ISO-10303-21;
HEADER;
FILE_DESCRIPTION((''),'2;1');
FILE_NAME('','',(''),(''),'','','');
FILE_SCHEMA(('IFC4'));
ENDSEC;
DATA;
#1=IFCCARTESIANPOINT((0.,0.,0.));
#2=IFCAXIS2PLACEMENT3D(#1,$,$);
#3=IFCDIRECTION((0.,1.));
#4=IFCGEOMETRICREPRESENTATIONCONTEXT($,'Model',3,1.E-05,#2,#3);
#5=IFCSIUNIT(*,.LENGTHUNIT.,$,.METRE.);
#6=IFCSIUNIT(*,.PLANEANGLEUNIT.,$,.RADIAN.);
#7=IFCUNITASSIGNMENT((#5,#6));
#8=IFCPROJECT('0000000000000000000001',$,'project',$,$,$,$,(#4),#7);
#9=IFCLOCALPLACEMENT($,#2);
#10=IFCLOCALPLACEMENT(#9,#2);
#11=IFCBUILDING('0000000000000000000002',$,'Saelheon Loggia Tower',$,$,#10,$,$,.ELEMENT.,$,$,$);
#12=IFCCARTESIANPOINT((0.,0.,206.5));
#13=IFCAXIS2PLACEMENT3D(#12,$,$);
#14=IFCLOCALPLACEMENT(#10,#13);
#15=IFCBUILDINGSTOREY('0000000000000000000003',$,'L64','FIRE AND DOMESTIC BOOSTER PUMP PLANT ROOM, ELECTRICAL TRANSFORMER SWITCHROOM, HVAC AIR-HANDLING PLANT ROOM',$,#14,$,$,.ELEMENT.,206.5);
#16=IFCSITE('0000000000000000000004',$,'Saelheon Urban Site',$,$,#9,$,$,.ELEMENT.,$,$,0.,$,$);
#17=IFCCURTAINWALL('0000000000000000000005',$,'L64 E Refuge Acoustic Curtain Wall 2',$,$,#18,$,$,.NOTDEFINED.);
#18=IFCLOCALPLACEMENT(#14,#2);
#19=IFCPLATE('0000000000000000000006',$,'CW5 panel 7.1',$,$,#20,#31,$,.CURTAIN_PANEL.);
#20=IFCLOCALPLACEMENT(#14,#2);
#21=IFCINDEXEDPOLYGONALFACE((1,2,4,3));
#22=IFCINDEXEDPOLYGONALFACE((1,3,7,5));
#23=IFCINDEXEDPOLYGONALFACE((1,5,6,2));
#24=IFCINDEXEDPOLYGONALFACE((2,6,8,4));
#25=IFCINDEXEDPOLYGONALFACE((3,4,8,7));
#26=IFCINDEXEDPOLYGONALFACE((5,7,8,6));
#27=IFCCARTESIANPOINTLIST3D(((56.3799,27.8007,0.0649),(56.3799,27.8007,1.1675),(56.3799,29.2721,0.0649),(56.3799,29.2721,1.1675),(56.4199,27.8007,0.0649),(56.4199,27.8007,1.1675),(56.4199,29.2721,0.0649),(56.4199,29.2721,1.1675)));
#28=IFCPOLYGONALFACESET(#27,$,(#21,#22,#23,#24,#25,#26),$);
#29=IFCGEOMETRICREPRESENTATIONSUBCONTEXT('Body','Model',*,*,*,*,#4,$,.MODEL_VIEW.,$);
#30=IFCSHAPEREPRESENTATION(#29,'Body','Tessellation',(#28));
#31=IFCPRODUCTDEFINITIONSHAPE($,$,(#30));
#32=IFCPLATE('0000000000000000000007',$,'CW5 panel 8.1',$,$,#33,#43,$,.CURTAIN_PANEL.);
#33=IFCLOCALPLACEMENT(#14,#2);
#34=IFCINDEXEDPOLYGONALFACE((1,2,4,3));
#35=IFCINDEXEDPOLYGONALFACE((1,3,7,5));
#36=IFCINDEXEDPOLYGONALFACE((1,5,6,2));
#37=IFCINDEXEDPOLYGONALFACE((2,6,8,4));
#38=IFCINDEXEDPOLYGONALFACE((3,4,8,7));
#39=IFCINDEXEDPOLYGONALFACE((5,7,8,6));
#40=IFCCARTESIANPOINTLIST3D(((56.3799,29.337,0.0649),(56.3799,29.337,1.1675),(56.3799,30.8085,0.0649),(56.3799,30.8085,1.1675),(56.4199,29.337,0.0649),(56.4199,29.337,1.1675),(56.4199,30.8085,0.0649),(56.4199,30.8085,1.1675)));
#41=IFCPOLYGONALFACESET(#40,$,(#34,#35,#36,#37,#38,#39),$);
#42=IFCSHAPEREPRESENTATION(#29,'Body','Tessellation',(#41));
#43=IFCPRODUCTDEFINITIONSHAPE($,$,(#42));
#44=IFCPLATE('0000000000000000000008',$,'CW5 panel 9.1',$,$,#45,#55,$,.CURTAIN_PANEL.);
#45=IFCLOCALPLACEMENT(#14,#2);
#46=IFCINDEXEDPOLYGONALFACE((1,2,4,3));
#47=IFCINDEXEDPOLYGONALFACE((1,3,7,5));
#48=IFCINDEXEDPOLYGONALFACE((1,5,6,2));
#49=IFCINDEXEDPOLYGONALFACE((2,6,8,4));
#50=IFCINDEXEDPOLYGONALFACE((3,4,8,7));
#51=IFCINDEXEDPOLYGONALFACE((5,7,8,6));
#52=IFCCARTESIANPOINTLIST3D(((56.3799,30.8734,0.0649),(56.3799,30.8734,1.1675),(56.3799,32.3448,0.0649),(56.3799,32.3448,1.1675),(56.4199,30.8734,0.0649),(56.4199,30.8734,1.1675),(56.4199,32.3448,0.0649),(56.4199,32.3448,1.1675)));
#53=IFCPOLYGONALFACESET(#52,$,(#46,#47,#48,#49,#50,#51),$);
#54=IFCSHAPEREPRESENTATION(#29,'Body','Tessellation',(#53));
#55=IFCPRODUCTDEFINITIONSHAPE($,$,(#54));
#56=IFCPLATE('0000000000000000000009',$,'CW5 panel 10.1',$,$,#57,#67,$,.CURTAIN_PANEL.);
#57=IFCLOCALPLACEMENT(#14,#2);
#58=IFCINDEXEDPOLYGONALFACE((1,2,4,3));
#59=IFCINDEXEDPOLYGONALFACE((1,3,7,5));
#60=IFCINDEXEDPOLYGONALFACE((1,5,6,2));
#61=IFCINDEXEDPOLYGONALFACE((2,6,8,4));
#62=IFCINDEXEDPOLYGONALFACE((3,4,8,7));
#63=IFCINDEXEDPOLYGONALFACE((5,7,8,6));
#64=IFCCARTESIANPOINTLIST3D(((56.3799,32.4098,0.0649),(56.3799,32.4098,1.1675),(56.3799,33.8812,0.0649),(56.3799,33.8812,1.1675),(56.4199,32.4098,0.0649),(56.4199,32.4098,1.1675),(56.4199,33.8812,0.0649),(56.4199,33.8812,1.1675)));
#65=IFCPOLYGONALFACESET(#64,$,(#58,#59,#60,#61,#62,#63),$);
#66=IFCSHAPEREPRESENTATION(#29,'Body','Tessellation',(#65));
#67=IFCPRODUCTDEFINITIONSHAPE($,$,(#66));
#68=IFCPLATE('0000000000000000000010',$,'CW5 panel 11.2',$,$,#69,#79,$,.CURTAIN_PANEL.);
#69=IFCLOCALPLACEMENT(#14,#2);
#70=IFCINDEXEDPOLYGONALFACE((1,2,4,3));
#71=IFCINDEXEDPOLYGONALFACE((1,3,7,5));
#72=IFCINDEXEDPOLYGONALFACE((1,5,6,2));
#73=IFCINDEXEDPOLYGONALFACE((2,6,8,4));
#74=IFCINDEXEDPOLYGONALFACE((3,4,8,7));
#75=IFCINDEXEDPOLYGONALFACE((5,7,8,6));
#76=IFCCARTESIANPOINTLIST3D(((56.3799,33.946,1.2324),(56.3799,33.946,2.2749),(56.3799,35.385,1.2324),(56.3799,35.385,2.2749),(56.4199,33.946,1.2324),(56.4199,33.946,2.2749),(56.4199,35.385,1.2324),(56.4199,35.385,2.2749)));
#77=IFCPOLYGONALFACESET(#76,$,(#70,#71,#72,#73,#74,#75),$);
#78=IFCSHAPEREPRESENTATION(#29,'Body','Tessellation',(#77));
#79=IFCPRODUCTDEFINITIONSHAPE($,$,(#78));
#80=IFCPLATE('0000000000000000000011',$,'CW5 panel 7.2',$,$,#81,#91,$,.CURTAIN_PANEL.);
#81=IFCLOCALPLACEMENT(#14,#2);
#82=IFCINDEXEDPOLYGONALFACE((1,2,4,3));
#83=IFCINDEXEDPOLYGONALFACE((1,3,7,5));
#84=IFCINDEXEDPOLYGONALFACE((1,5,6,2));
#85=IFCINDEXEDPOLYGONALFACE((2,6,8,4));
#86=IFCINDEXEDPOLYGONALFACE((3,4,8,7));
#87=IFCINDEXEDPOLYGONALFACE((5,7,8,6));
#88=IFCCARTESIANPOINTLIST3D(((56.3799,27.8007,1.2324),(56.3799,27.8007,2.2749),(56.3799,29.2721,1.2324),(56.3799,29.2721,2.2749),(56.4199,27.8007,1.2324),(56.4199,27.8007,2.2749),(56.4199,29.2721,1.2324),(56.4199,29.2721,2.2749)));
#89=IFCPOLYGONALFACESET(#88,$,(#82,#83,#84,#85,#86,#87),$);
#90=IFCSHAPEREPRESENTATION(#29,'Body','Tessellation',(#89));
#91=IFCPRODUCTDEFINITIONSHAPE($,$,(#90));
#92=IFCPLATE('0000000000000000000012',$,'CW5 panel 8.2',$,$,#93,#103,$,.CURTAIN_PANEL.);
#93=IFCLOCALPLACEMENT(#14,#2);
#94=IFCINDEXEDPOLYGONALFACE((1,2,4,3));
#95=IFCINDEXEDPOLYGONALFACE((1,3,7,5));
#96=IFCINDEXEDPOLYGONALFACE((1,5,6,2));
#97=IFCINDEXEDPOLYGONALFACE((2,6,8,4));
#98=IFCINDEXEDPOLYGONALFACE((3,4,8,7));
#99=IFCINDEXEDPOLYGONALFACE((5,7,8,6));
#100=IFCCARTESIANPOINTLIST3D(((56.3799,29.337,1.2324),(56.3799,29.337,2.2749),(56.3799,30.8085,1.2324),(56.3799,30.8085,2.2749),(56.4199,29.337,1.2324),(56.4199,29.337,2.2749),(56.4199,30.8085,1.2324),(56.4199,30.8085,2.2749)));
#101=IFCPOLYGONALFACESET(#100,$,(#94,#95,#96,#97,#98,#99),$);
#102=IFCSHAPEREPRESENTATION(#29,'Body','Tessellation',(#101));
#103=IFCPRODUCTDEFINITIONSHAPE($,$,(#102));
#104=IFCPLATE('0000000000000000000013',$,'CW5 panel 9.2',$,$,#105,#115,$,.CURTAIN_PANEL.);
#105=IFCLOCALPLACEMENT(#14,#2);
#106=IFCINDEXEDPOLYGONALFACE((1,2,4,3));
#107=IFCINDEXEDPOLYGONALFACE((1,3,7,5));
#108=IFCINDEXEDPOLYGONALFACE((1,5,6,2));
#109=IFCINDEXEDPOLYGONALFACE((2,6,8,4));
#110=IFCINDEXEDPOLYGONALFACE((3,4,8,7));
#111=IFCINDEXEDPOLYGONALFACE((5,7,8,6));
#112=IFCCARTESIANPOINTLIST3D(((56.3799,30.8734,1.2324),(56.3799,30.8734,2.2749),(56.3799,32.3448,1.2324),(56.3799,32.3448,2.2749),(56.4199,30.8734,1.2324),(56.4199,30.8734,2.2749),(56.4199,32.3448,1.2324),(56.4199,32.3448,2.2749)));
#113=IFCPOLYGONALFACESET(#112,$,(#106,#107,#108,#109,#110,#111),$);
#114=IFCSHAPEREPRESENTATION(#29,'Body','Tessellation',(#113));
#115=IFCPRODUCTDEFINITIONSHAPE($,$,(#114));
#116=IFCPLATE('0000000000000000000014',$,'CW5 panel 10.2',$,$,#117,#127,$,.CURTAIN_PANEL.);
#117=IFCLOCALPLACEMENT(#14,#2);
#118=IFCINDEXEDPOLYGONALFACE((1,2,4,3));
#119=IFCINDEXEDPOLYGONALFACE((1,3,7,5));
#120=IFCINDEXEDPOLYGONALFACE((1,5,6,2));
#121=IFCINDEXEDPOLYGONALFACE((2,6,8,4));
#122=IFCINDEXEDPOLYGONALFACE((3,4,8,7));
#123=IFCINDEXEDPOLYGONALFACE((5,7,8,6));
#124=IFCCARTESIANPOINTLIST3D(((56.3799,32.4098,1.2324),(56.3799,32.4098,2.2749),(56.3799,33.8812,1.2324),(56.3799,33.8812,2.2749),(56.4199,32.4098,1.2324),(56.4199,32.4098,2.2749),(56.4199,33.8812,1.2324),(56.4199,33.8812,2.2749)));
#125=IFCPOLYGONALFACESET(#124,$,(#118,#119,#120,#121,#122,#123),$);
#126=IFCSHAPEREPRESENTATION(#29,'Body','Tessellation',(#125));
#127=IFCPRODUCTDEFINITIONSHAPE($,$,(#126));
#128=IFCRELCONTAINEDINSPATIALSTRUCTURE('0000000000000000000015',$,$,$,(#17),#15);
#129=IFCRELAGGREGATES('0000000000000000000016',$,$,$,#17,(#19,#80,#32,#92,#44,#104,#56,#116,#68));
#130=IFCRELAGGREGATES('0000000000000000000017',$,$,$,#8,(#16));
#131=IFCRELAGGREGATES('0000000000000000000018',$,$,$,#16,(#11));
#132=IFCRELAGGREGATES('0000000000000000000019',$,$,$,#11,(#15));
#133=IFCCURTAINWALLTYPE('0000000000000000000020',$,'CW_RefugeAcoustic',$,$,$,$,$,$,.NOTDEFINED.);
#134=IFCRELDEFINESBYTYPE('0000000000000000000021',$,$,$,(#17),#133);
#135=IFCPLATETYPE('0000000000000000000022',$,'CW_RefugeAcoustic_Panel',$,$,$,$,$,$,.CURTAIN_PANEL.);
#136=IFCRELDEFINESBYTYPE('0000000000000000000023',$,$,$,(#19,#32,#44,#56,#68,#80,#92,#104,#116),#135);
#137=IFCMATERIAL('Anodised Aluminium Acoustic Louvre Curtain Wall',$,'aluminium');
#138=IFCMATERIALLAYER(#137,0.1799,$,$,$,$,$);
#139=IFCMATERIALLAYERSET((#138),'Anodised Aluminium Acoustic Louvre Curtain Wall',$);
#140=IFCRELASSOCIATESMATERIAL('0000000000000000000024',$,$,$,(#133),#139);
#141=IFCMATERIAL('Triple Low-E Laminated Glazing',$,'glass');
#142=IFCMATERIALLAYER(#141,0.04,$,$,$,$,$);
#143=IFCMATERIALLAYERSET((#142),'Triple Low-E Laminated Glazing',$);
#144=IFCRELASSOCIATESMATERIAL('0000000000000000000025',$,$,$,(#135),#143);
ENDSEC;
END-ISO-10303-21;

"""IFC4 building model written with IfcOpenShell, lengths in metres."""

from ifc_helpers import new_model, si_unit, direction, frame, origin, origin_2d, place, context, subcontext, project, spatial, rectangle, extrude, source, transform, mapped, material, layer, layer_set, type_object, element, aggregate, save


model = new_model("IFC4")

# Units and contexts
model_context = context("Model", 3, precision=1e-05, world=origin(), true_north=direction((0.0, 1.0)))
body_context = subcontext(model_context, "Body", "Model", "MODEL_VIEW")
ifc_project = project(units=[si_unit("LENGTHUNIT", "METRE"), si_unit("PLANEANGLEUNIT", "RADIAN")], contexts=[model_context])

# Site, building, storey
site_placement = place(None, origin())
site = spatial("IfcSite", under=ifc_project, at=site_placement, Name="Saelheon Urban Site", CompositionType="ELEMENT", RefElevation=0.0)
building_placement = place(site_placement, origin())
building = spatial("IfcBuilding", under=site, at=building_placement, Name="Saelheon Loggia Tower", CompositionType="ELEMENT")
storey_placement = place(building_placement, frame((0.0, 0.0, 206.5)))
storey = spatial("IfcBuildingStorey", under=building, at=storey_placement, Name="L64", Description="FIRE AND DOMESTIC BOOSTER PUMP PLANT ROOM, ELECTRICAL TRANSFORMER SWITCHROOM, HVAC AIR-HANDLING PLANT ROOM", CompositionType="ELEMENT", Elevation=206.5)

# Curtain wall, plates
ifc_material_1 = material(Name="Anodised Aluminium Acoustic Louvre Curtain Wall", Category="aluminium")
ifc_layer_1 = layer(ifc_material_1, 0.1799)
ifc_layer_set_1 = layer_set([ifc_layer_1], Name="Anodised Aluminium Acoustic Louvre Curtain Wall")
curtain_wall_type = type_object("IfcCurtainWallType", Name="CW_RefugeAcoustic", PredefinedType="NOTDEFINED", material=ifc_layer_set_1)
curtain_wall_placement = place(storey_placement, origin())
curtain_wall = element("IfcCurtainWall", 1, at=curtain_wall_placement, inside=storey, type_object=curtain_wall_type, Name="L64 E Refuge Acoustic Curtain Wall 2", PredefinedType="NOTDEFINED")
ifc_material_2 = material(Name="Triple Low-E Laminated Glazing", Category="glass")
ifc_layer_2 = layer(ifc_material_2, 0.04)
ifc_layer_set_2 = layer_set([ifc_layer_2], Name="Triple Low-E Laminated Glazing")
plate_type = type_object("IfcPlateType", Name="CW_RefugeAcoustic_Panel", PredefinedType="CURTAIN_PANEL", material=ifc_layer_set_2)
shared_shape_1 = source(origin(), body_context, "Body", "SweptSolid", [
    extrude(rectangle(XDim=1.4714, YDim=0.04, at=origin_2d()), origin(), (0.0, 0.0, 1.0), 1.1025),
])
plate_1_placement = place(storey_placement, frame((56.3999, 28.5364, 0.0649), z_axis=(0.0, 0.0, 1.0), x_axis=(0.0, 1.0, 0.0)))
plate_1 = element("IfcPlate", 2, at=plate_1_placement, type_object=plate_type, Name="CW5 panel 7.1", PredefinedType="CURTAIN_PANEL", context=body_context, shape_type="MappedRepresentation", body=[
    mapped(shared_shape_1, transform((0.0, 0.0, 0.0), scale=1.0)),
])
plate_2_placement = place(storey_placement, frame((56.3999, 30.0728, 0.0649), z_axis=(0.0, 0.0, 1.0), x_axis=(0.0, 1.0, 0.0)))
plate_2 = element("IfcPlate", 3, at=plate_2_placement, type_object=plate_type, Name="CW5 panel 8.1", PredefinedType="CURTAIN_PANEL", context=body_context, shape_type="MappedRepresentation", body=[
    mapped(shared_shape_1, transform((0.0, 0.0, 0.0), scale=1.0)),
])
plate_3_placement = place(storey_placement, frame((56.3999, 31.6091, 0.0649), z_axis=(0.0, 0.0, 1.0), x_axis=(0.0, 1.0, 0.0)))
plate_3 = element("IfcPlate", 4, at=plate_3_placement, type_object=plate_type, Name="CW5 panel 9.1", PredefinedType="CURTAIN_PANEL", context=body_context, shape_type="MappedRepresentation", body=[
    mapped(shared_shape_1, transform((0.0, 0.0, 0.0), scale=1.0)),
])
plate_4_placement = place(storey_placement, frame((56.3999, 33.1455, 0.0649), z_axis=(0.0, 0.0, 1.0), x_axis=(0.0, 1.0, 0.0)))
plate_4 = element("IfcPlate", 5, at=plate_4_placement, type_object=plate_type, Name="CW5 panel 10.1", PredefinedType="CURTAIN_PANEL", context=body_context, shape_type="MappedRepresentation", body=[
    mapped(shared_shape_1, transform((0.0, 0.0, 0.0), scale=1.0)),
])
shared_shape_2 = source(origin(), body_context, "Body", "SweptSolid", [
    extrude(rectangle(XDim=1.439, YDim=0.04, at=origin_2d()), origin(), (0.0, 0.0, 1.0), 1.0425),
])
plate_5_placement = place(storey_placement, frame((56.3999, 34.6655, 1.2324), z_axis=(0.0, 0.0, 1.0), x_axis=(0.0, 1.0, 0.0)))
plate_5 = element("IfcPlate", 6, at=plate_5_placement, type_object=plate_type, Name="CW5 panel 11.2", PredefinedType="CURTAIN_PANEL", context=body_context, shape_type="MappedRepresentation", body=[
    mapped(shared_shape_2, transform((0.0, 0.0, 0.0), scale=1.0)),
])
shared_shape_3 = source(origin(), body_context, "Body", "SweptSolid", [
    extrude(rectangle(XDim=1.4714, YDim=0.04, at=origin_2d()), origin(), (0.0, 0.0, 1.0), 1.0425),
])
plate_6_placement = place(storey_placement, frame((56.3999, 28.5364, 1.2324), z_axis=(0.0, 0.0, 1.0), x_axis=(0.0, 1.0, 0.0)))
plate_6 = element("IfcPlate", 7, at=plate_6_placement, type_object=plate_type, Name="CW5 panel 7.2", PredefinedType="CURTAIN_PANEL", context=body_context, shape_type="MappedRepresentation", body=[
    mapped(shared_shape_3, transform((0.0, 0.0, 0.0), scale=1.0)),
])
plate_7_placement = place(storey_placement, frame((56.3999, 30.0728, 1.2324), z_axis=(0.0, 0.0, 1.0), x_axis=(0.0, 1.0, 0.0)))
plate_7 = element("IfcPlate", 8, at=plate_7_placement, type_object=plate_type, Name="CW5 panel 8.2", PredefinedType="CURTAIN_PANEL", context=body_context, shape_type="MappedRepresentation", body=[
    mapped(shared_shape_3, transform((0.0, 0.0, 0.0), scale=1.0)),
])
plate_8_placement = place(storey_placement, frame((56.3999, 31.6091, 1.2324), z_axis=(0.0, 0.0, 1.0), x_axis=(0.0, 1.0, 0.0)))
plate_8 = element("IfcPlate", 9, at=plate_8_placement, type_object=plate_type, Name="CW5 panel 9.2", PredefinedType="CURTAIN_PANEL", context=body_context, shape_type="MappedRepresentation", body=[
    mapped(shared_shape_3, transform((0.0, 0.0, 0.0), scale=1.0)),
])
plate_9_placement = place(storey_placement, frame((56.3999, 33.1455, 1.2324), z_axis=(0.0, 0.0, 1.0), x_axis=(0.0, 1.0, 0.0)))
plate_9 = element("IfcPlate", 10, at=plate_9_placement, type_object=plate_type, Name="CW5 panel 10.2", PredefinedType="CURTAIN_PANEL", context=body_context, shape_type="MappedRepresentation", body=[
    mapped(shared_shape_3, transform((0.0, 0.0, 0.0), scale=1.0)),
])
aggregate(curtain_wall, [plate_1, plate_6, plate_2, plate_7, plate_3, plate_8, plate_4, plate_9, plate_5])

save(model, "model.ifc")
